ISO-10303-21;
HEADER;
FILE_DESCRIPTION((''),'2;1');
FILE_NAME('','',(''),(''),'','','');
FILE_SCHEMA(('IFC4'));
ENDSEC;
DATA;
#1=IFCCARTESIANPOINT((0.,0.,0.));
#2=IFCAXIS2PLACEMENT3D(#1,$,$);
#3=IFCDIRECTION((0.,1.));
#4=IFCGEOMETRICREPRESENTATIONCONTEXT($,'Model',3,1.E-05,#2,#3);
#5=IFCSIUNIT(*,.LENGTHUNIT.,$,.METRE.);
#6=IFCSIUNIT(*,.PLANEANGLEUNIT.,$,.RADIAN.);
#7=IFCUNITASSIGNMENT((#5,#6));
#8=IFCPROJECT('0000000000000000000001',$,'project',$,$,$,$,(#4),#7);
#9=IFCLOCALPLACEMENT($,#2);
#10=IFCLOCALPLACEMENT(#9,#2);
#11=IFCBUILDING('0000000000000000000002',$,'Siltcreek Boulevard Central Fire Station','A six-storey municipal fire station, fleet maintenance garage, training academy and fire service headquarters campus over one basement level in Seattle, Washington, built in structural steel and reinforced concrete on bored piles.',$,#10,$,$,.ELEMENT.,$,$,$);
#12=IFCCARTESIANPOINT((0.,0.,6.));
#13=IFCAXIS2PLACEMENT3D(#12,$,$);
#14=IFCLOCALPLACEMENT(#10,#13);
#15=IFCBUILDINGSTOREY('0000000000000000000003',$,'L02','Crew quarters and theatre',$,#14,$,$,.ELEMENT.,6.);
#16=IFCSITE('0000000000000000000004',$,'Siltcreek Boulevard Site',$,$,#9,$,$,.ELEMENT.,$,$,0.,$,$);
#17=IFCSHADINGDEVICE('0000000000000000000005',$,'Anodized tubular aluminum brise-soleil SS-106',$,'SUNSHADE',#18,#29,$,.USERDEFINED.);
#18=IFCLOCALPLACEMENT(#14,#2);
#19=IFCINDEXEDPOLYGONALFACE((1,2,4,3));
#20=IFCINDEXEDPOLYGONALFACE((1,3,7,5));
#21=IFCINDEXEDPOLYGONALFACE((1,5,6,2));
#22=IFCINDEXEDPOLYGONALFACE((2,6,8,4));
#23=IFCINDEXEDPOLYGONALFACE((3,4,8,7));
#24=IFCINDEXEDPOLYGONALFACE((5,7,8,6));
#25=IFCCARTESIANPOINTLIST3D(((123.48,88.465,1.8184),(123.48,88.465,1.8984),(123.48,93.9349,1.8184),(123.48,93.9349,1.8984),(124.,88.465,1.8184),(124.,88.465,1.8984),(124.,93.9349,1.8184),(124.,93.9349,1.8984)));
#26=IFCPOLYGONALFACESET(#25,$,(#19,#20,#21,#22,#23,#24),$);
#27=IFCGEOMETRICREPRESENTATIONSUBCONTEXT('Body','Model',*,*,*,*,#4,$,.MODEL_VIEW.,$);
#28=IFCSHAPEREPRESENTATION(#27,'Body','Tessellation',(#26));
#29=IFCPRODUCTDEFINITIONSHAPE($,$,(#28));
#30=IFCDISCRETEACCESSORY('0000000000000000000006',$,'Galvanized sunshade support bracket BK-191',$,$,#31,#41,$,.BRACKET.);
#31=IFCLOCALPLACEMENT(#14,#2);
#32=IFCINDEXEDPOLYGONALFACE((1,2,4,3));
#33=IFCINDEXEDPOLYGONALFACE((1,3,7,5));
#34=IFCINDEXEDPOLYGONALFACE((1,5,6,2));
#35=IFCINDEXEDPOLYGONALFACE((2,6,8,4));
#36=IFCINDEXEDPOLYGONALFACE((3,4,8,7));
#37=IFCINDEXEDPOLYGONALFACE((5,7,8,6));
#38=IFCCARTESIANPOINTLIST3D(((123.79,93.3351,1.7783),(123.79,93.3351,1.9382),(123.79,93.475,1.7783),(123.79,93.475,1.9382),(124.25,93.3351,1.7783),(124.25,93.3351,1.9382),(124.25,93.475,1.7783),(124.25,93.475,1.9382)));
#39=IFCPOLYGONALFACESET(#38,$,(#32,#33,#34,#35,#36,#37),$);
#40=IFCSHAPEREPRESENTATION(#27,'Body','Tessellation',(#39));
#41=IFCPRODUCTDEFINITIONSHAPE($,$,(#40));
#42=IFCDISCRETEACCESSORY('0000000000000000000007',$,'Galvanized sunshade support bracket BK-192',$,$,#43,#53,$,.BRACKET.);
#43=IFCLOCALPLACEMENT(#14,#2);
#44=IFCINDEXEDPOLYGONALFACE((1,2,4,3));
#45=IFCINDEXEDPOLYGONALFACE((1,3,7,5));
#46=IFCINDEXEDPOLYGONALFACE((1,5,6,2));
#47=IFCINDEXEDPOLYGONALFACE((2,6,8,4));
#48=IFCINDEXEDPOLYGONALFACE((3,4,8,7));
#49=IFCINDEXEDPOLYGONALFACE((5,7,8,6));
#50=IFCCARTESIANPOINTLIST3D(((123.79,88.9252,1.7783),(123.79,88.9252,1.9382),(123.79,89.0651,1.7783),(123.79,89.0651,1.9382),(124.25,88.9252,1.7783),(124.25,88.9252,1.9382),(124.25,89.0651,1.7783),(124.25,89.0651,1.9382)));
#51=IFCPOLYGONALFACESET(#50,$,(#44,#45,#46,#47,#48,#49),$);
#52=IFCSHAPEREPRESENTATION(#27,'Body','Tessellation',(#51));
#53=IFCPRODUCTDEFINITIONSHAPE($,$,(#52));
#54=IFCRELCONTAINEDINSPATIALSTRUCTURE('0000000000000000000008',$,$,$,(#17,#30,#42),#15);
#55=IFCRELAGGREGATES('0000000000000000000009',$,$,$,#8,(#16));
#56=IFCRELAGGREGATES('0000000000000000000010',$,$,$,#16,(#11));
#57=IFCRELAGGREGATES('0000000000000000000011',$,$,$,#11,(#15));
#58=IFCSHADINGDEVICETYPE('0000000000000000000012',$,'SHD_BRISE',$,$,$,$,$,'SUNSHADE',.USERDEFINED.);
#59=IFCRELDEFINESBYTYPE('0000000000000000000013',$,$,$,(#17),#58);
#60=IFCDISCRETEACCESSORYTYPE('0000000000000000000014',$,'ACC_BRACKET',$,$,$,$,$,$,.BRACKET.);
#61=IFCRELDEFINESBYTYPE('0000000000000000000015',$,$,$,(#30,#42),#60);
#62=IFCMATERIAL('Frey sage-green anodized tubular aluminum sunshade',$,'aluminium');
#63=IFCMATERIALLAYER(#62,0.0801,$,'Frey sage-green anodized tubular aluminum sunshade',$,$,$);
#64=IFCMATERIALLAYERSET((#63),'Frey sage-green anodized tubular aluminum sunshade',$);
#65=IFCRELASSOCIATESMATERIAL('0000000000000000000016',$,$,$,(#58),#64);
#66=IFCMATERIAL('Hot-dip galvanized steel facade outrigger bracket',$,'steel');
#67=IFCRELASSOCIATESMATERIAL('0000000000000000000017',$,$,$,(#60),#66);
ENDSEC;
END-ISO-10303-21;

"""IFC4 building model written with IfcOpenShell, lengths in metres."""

from ifc_helpers import new_model, si_unit, direction, frame, origin, origin_2d, place, context, subcontext, project, spatial, rectangle, extrude, material, layer, layer_set, type_object, element, save


model = new_model("IFC4")

# Units and contexts
model_context = context("Model", 3, precision=1e-05, world=origin(), true_north=direction((0.0, 1.0)))
body_context = subcontext(model_context, "Body", "Model", "MODEL_VIEW")
ifc_project = project(units=[si_unit("LENGTHUNIT", "METRE"), si_unit("PLANEANGLEUNIT", "RADIAN")], contexts=[model_context])

# Site, building, storey
site_placement = place(None, origin())
site = spatial("IfcSite", under=ifc_project, at=site_placement, Name="Siltcreek Boulevard Site", CompositionType="ELEMENT", RefElevation=0.0)
building_placement = place(site_placement, origin())
building = spatial("IfcBuilding", under=site, at=building_placement, Name="Siltcreek Boulevard Central Fire Station", Description="A six-storey municipal fire station, fleet maintenance garage, training academy and fire service headquarters campus over one basement level in Seattle, Washington, built in structural steel and reinforced concrete on bored piles.", CompositionType="ELEMENT")
storey_placement = place(building_placement, frame((0.0, 0.0, 6.0)))
storey = spatial("IfcBuildingStorey", under=building, at=storey_placement, Name="L02", Description="Crew quarters and theatre", CompositionType="ELEMENT", Elevation=6.0)

# Shading device
ifc_material_1 = material(Name="Frey sage-green anodized tubular aluminum sunshade", Category="aluminium")
ifc_layer_1 = layer(ifc_material_1, 0.0801, Name="Frey sage-green anodized tubular aluminum sunshade")
ifc_layer_set_1 = layer_set([ifc_layer_1], Name="Frey sage-green anodized tubular aluminum sunshade")
shading_device_type = type_object("IfcShadingDeviceType", Name="SHD_BRISE", ElementType="SUNSHADE", PredefinedType="USERDEFINED", material=ifc_layer_set_1)
shading_device_placement = place(storey_placement, frame((123.74, 91.2, 1.8184), z_axis=(0.0, 0.0, 1.0), x_axis=(0.0, -1.0, 0.0)))
element("IfcShadingDevice", 1, at=shading_device_placement, inside=storey, type_object=shading_device_type, Name="Anodized tubular aluminum brise-soleil SS-106", ObjectType="SUNSHADE", PredefinedType="USERDEFINED", context=body_context, shape_type="SweptSolid", body=[
    extrude(rectangle(XDim=5.47, YDim=0.52, at=origin_2d()), origin(), (0.0, 0.0, 1.0), 0.0801),
])

# Discrete accessories
ifc_material_2 = material(Name="Hot-dip galvanized steel facade outrigger bracket", Category="steel")
discrete_accessory_type = type_object("IfcDiscreteAccessoryType", Name="ACC_BRACKET", PredefinedType="BRACKET", material=ifc_material_2)
for number, where, z_axis, x_axis, name in (
    (2, (124.02, 93.405, 1.7783), (0.0, 0.0, 1.0), (0.0, -1.0, 0.0), "Galvanized sunshade support bracket BK-191"),
    (3, (124.02, 88.9951, 1.7783), (0.0, 0.0, 1.0), (0.0, -1.0, 0.0), "Galvanized sunshade support bracket BK-192"),
):
    element("IfcDiscreteAccessory", number, at=place(storey_placement, frame(where, z_axis=z_axis, x_axis=x_axis)), inside=storey, type_object=discrete_accessory_type, Name=name, PredefinedType="BRACKET", context=body_context, shape_type="SweptSolid", body=[
        extrude(rectangle(XDim=0.1399, YDim=0.46, at=origin_2d()), origin(), (0.0, 0.0, 1.0), 0.1599),
    ])

save(model, "model.ifc")
